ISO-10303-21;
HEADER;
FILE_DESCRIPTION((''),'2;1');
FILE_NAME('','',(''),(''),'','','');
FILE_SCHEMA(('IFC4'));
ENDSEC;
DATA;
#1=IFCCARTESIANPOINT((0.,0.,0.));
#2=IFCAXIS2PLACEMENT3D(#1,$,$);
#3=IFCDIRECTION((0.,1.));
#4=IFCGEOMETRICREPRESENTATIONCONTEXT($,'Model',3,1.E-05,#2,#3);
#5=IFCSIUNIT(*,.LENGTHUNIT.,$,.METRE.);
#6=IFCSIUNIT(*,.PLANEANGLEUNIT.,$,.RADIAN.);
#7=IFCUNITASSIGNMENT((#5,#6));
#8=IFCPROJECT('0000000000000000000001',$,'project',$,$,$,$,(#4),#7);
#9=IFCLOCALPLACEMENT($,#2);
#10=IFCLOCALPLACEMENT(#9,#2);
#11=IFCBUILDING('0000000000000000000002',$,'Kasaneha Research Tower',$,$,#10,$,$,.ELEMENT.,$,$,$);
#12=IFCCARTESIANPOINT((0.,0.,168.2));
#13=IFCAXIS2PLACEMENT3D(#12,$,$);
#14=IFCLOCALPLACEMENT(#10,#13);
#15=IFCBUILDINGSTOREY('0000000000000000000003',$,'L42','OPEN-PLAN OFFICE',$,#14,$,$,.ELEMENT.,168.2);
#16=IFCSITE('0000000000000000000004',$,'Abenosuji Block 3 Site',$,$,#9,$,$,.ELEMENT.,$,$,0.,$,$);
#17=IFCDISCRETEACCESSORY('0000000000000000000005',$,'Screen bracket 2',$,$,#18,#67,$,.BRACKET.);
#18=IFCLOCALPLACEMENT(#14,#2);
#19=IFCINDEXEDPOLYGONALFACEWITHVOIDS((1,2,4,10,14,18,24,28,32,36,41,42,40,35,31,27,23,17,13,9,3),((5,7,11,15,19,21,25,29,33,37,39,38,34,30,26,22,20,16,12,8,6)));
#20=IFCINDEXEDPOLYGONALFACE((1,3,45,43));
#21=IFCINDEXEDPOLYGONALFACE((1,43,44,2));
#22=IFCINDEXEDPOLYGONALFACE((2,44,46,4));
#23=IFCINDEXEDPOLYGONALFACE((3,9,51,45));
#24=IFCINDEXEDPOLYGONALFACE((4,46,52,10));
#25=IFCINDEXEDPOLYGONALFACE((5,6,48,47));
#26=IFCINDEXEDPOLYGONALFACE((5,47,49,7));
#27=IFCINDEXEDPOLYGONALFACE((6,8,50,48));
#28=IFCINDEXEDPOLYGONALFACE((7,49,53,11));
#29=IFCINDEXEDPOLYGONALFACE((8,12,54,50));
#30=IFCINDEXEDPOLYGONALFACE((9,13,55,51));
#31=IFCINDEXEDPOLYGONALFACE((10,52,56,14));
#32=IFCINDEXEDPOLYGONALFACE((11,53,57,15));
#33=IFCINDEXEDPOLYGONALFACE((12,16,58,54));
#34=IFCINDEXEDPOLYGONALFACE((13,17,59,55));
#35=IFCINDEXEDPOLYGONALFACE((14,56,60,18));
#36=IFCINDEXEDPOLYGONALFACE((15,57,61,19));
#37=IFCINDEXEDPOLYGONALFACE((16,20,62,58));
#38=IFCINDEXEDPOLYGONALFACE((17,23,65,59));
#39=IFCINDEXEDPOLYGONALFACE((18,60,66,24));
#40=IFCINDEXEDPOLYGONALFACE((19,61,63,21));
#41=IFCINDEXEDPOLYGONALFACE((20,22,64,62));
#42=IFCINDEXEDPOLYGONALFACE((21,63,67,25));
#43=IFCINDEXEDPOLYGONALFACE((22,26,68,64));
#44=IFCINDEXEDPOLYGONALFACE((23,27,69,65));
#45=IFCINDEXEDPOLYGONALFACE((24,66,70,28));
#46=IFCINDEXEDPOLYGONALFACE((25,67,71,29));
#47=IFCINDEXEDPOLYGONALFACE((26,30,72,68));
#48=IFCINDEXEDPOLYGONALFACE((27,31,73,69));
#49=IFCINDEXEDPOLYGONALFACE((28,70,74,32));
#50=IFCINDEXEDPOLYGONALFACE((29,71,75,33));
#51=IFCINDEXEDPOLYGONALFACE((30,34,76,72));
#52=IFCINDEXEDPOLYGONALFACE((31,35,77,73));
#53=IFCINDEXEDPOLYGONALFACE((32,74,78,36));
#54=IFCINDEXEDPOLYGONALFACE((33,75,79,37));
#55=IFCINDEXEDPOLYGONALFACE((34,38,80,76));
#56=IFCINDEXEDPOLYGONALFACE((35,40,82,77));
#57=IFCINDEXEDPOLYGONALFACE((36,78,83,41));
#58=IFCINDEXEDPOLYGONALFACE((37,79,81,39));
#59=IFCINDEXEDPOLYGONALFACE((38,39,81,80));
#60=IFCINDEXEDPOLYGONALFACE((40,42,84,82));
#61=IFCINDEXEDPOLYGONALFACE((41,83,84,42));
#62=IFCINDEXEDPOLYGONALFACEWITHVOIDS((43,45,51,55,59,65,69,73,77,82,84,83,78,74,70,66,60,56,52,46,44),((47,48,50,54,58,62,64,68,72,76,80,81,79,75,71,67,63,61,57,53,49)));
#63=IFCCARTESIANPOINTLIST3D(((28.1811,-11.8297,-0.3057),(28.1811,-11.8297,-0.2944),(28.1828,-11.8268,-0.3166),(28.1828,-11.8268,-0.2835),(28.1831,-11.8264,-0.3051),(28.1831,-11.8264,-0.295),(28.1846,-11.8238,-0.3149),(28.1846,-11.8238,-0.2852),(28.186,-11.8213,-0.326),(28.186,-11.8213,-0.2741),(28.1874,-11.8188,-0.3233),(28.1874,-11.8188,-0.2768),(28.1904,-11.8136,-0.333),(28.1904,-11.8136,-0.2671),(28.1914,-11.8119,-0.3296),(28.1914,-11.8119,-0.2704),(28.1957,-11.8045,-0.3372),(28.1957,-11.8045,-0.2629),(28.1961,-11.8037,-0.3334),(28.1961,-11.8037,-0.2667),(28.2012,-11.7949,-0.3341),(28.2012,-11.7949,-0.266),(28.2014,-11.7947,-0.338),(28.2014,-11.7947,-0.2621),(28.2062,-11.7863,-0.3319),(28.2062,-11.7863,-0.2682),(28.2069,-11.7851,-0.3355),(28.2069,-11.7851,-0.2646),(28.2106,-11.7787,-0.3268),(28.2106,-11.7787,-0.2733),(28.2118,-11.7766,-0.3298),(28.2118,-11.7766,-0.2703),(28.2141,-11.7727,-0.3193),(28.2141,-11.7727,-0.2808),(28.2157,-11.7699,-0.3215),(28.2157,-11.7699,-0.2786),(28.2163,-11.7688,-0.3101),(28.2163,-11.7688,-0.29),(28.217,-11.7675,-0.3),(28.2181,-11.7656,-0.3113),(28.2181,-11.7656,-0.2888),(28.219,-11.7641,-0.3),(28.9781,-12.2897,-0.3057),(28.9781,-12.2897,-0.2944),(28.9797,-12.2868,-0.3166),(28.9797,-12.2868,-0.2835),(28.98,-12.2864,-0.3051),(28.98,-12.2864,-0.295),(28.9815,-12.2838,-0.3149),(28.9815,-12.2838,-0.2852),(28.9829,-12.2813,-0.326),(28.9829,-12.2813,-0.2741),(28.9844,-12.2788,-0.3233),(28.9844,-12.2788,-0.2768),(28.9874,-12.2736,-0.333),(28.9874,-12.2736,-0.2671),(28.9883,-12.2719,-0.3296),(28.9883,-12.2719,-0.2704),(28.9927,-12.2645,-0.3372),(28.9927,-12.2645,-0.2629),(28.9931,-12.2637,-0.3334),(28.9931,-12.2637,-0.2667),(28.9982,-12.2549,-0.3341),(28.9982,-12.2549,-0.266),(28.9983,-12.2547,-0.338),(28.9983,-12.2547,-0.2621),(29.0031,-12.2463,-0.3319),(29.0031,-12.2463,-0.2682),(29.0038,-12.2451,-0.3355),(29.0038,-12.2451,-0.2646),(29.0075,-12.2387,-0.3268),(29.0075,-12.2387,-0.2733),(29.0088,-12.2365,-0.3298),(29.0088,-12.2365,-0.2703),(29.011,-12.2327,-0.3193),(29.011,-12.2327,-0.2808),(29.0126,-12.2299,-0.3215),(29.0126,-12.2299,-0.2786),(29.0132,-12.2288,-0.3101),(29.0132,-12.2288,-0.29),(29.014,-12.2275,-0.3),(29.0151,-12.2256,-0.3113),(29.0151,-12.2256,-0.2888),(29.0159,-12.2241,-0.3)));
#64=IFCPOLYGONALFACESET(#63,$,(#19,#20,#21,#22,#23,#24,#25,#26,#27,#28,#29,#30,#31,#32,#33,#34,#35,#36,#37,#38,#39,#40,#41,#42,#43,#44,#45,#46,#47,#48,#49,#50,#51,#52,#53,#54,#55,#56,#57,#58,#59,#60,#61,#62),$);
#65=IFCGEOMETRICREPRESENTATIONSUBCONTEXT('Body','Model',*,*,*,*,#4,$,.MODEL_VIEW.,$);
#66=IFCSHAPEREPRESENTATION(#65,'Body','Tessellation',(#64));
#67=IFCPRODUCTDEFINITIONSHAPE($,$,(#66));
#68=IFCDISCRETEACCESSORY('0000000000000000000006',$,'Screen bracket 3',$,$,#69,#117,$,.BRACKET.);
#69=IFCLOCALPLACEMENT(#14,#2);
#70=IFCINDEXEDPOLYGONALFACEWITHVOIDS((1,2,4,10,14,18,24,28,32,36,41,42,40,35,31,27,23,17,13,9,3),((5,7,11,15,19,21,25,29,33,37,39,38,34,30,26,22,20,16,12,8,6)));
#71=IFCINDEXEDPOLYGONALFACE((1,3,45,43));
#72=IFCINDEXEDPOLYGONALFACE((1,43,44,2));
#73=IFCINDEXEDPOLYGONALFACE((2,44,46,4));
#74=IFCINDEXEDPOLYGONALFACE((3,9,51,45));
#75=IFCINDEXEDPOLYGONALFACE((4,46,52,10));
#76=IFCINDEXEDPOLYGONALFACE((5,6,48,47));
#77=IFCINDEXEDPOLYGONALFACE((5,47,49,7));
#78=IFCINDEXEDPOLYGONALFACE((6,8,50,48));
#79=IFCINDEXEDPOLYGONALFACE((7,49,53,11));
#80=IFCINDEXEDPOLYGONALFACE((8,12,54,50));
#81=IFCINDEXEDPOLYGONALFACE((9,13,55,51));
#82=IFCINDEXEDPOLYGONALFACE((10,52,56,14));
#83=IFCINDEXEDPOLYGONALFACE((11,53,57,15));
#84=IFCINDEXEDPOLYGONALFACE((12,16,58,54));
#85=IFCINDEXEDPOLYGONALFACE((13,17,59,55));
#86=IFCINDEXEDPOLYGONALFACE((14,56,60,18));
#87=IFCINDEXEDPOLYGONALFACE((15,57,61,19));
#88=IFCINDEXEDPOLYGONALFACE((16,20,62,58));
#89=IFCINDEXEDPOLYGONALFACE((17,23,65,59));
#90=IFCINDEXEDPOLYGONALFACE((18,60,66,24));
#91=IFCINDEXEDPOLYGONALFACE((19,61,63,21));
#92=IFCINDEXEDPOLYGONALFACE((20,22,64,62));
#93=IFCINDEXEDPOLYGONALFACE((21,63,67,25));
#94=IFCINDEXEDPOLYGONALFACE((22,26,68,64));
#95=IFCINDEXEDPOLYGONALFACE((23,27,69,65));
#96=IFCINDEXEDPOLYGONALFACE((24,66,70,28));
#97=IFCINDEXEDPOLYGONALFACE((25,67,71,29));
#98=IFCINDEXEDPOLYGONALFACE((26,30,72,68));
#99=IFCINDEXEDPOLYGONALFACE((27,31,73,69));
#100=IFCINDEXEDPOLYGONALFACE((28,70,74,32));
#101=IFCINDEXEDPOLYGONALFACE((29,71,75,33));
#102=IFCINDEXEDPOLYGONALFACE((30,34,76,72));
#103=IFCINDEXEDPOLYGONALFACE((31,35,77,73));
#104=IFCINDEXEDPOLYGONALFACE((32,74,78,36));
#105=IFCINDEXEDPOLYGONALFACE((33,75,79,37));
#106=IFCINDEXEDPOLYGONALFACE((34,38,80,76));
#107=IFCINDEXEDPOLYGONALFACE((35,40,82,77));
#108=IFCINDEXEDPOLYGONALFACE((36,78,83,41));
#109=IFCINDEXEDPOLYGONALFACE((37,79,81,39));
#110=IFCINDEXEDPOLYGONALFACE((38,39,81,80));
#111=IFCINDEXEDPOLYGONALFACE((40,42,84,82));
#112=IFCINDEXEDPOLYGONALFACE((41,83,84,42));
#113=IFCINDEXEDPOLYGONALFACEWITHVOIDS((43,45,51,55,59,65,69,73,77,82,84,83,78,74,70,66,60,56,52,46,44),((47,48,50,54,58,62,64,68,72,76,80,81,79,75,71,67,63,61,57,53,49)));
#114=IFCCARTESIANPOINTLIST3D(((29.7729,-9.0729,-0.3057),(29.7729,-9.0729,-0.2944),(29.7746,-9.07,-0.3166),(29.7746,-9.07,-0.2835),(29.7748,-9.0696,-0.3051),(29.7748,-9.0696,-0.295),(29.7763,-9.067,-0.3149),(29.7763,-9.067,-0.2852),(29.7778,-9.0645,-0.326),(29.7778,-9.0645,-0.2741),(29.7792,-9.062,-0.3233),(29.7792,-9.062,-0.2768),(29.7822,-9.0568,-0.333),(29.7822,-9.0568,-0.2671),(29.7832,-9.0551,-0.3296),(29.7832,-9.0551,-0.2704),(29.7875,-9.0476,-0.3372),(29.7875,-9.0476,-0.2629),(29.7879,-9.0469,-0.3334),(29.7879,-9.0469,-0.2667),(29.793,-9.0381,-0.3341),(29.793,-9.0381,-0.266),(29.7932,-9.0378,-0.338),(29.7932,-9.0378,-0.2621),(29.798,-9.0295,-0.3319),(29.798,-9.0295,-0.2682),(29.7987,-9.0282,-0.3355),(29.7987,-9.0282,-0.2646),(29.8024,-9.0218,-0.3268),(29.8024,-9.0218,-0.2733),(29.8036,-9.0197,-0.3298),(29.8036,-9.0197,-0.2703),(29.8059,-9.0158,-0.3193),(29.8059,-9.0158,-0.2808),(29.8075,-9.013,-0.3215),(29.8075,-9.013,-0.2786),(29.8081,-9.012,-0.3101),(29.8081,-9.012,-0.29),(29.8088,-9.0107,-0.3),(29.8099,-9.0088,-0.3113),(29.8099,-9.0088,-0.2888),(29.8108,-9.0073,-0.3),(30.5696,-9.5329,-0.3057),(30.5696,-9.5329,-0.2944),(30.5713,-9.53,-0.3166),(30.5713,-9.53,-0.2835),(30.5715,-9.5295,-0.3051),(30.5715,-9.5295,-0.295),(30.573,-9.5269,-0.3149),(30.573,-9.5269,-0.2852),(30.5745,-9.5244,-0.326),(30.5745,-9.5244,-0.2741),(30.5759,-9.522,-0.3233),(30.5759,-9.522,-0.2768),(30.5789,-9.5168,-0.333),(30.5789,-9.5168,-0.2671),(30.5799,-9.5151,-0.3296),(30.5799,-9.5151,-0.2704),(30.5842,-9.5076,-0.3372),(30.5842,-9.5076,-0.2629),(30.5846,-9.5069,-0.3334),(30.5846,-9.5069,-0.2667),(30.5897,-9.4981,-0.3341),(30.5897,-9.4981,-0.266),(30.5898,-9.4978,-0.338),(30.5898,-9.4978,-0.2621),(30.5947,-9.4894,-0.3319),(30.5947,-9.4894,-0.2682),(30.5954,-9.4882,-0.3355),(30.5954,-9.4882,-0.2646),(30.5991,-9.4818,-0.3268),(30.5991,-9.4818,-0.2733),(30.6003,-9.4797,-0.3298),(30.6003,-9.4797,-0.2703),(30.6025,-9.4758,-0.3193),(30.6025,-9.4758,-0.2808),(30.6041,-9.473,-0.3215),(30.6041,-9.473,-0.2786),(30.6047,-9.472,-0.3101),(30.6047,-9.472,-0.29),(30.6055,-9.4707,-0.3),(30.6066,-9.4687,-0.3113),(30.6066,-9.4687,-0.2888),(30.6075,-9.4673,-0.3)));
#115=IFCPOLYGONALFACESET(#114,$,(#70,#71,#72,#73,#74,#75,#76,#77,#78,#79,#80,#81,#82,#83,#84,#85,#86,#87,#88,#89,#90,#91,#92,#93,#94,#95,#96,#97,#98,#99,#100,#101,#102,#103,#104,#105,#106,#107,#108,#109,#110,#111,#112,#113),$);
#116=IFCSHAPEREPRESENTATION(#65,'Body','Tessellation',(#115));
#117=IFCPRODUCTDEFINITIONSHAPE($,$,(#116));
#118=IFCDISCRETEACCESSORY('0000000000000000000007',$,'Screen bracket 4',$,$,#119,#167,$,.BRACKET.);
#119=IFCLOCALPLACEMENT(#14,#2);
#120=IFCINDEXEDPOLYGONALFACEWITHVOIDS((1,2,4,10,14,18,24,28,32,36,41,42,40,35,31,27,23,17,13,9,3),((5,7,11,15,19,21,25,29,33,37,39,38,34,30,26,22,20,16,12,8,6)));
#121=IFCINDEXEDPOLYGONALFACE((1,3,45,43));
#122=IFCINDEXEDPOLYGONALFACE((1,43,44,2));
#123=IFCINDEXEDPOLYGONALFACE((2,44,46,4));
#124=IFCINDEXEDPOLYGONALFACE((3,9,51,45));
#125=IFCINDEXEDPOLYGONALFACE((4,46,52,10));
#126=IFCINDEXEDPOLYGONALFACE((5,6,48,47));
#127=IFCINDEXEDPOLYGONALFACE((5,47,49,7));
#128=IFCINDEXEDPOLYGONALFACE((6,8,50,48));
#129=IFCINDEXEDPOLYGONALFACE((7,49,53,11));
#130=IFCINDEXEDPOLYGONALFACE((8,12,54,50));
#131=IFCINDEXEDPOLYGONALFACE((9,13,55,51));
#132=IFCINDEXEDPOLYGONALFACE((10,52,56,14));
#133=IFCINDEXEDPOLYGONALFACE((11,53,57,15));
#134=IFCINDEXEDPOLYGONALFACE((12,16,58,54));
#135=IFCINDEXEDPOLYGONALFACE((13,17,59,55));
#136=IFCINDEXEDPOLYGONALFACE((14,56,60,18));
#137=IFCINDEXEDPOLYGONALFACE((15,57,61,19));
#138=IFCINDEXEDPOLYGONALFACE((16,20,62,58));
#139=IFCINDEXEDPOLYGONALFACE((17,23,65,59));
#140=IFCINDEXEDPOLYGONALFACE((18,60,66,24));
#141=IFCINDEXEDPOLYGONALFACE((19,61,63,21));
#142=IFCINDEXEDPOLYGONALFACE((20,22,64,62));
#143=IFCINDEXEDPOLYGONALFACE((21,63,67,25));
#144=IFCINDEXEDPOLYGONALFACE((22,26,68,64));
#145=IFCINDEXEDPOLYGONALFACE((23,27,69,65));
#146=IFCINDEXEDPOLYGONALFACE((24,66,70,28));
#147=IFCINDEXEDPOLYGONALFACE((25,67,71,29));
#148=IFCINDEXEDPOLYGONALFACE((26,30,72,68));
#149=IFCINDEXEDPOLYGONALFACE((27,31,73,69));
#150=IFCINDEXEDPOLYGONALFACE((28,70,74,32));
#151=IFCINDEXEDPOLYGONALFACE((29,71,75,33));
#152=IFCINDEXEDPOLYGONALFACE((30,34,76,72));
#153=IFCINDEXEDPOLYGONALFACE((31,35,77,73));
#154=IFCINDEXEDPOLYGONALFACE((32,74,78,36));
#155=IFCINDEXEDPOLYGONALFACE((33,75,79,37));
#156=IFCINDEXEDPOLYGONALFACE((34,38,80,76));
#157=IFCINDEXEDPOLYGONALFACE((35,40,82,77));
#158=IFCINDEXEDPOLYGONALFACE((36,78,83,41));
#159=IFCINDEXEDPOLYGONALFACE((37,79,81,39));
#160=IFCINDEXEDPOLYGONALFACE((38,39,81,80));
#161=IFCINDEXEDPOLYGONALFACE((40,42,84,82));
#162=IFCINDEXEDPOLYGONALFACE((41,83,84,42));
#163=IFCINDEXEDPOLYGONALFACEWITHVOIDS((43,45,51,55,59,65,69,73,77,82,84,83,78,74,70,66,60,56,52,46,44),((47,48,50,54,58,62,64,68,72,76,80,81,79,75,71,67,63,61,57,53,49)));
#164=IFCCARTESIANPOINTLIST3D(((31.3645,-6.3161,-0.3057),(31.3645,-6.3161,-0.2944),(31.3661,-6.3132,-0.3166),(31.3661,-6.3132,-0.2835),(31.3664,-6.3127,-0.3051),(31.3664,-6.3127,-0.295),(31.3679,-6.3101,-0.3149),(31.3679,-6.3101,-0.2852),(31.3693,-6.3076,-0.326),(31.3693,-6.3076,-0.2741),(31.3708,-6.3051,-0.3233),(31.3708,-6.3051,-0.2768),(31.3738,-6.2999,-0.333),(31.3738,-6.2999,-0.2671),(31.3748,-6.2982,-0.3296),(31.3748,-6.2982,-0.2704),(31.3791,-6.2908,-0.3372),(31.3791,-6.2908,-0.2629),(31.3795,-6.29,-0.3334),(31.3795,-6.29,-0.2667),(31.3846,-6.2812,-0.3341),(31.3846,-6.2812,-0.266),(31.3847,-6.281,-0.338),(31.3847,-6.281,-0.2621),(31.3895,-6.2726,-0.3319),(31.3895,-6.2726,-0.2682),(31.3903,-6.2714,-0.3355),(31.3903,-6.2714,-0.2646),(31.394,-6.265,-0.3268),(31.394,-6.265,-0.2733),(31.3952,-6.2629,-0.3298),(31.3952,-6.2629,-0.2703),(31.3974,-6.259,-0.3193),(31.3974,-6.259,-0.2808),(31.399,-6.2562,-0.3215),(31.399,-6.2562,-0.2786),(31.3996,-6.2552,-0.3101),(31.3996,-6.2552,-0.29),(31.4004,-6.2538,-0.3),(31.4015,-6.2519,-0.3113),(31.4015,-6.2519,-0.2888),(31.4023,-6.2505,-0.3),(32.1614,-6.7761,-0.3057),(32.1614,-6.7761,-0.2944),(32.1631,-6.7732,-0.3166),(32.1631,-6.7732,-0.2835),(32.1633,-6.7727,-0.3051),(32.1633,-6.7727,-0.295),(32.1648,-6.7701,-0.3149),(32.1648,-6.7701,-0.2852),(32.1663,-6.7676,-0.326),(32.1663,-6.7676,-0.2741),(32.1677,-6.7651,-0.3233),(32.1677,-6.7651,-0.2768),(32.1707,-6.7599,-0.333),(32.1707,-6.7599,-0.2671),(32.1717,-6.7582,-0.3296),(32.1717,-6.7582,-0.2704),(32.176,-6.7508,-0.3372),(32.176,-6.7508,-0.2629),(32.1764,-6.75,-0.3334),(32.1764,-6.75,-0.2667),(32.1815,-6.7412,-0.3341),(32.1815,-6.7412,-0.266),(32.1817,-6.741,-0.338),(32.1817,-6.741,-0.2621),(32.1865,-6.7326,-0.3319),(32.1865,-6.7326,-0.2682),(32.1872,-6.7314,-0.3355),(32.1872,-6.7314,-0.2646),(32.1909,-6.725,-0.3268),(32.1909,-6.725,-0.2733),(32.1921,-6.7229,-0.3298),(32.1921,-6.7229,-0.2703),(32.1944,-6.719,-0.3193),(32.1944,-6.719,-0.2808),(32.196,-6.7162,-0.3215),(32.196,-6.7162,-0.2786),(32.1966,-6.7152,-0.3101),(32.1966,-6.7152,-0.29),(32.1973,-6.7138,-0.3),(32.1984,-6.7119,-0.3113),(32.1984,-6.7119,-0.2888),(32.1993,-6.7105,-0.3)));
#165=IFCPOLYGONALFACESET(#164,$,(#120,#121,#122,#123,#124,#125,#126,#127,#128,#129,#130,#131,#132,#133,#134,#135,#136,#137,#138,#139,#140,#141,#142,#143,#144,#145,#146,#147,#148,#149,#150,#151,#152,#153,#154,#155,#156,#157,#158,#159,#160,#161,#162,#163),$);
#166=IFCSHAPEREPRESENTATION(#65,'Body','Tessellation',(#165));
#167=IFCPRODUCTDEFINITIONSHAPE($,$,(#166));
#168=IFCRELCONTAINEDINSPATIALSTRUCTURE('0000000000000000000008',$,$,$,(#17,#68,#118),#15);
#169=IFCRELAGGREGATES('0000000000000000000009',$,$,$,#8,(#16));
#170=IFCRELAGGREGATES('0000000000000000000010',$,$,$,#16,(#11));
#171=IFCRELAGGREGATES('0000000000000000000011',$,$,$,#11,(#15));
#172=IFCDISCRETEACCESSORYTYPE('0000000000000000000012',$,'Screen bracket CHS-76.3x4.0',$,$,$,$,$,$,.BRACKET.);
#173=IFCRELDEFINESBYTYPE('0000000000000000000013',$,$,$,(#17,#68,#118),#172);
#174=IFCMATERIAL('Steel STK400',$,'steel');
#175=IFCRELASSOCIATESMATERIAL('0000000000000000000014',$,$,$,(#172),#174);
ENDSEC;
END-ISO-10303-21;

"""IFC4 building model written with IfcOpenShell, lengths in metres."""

from ifc_helpers import new_model, si_unit, direction, frame, origin, origin_2d, place, context, subcontext, project, spatial, hollow_circle, extrude, material, material_profile, profile_set, type_object, element, save


model = new_model("IFC4")

# Units and contexts
model_context = context("Model", 3, precision=1e-05, world=origin(), true_north=direction((0.0, 1.0)))
body_context = subcontext(model_context, "Body", "Model", "MODEL_VIEW")
ifc_project = project(units=[si_unit("LENGTHUNIT", "METRE"), si_unit("PLANEANGLEUNIT", "RADIAN")], contexts=[model_context])

# Site, building, storey
site_placement = place(None, origin())
site = spatial("IfcSite", under=ifc_project, at=site_placement, Name="Abenosuji Block 3 Site", CompositionType="ELEMENT", RefElevation=0.0)
building_placement = place(site_placement, origin())
building = spatial("IfcBuilding", under=site, at=building_placement, Name="Kasaneha Research Tower", CompositionType="ELEMENT")
storey_placement = place(building_placement, frame((0.0, 0.0, 168.2)))
storey = spatial("IfcBuildingStorey", under=building, at=storey_placement, Name="L42", Description="OPEN-PLAN OFFICE", CompositionType="ELEMENT", Elevation=168.2)

# Discrete accessories
ifc_material_1 = material(Name="Steel STK400", Category="steel")
ifc_material_profile_1 = material_profile(ifc_material_1, hollow_circle(Radius=0.0381, WallThickness=0.0039, at=origin_2d()), Name="CHS-76.3x4.0")
ifc_profile_set_1 = profile_set([ifc_material_profile_1], Name="Steel STK400")
discrete_accessory_type = type_object("IfcDiscreteAccessoryType", Name="Screen bracket CHS-76.3x4.0", PredefinedType="BRACKET", material=ifc_profile_set_1)
discrete_accessory_1_placement = place(storey_placement, frame((28.2, -11.7971, -0.3), z_axis=(0.86608, -0.499906, 0.0), x_axis=(0.499906, 0.86608, 0.0)))
element("IfcDiscreteAccessory", 1, at=discrete_accessory_1_placement, inside=storey, type_object=discrete_accessory_type, Name="Screen bracket 2", PredefinedType="BRACKET", context=body_context, shape_type="SweptSolid", body=[
    extrude(hollow_circle(Radius=0.0381, WallThickness=0.0039, at=origin_2d()), origin(), (0.0, 0.0, 1.0), 0.9202),
])
discrete_accessory_2_placement = place(storey_placement, frame((29.7917, -9.0403, -0.3), z_axis=(0.866013, -0.500021, 0.0), x_axis=(0.500021, 0.866013, 0.0)))
element("IfcDiscreteAccessory", 2, at=discrete_accessory_2_placement, inside=storey, type_object=discrete_accessory_type, Name="Screen bracket 3", PredefinedType="BRACKET", context=body_context, shape_type="SweptSolid", body=[
    extrude(hollow_circle(Radius=0.0381, WallThickness=0.0039, at=origin_2d()), origin(), (0.0, 0.0, 1.0), 0.9199),
])
discrete_accessory_3_placement = place(storey_placement, frame((31.3833, -6.2834, -0.3), z_axis=(0.86608, -0.499906, 0.0), x_axis=(0.499906, 0.86608, 0.0)))
element("IfcDiscreteAccessory", 3, at=discrete_accessory_3_placement, inside=storey, type_object=discrete_accessory_type, Name="Screen bracket 4", PredefinedType="BRACKET", context=body_context, shape_type="SweptSolid", body=[
    extrude(hollow_circle(Radius=0.0381, WallThickness=0.0039, at=origin_2d()), origin(), (0.0, 0.0, 1.0), 0.9202),
])

save(model, "model.ifc")
